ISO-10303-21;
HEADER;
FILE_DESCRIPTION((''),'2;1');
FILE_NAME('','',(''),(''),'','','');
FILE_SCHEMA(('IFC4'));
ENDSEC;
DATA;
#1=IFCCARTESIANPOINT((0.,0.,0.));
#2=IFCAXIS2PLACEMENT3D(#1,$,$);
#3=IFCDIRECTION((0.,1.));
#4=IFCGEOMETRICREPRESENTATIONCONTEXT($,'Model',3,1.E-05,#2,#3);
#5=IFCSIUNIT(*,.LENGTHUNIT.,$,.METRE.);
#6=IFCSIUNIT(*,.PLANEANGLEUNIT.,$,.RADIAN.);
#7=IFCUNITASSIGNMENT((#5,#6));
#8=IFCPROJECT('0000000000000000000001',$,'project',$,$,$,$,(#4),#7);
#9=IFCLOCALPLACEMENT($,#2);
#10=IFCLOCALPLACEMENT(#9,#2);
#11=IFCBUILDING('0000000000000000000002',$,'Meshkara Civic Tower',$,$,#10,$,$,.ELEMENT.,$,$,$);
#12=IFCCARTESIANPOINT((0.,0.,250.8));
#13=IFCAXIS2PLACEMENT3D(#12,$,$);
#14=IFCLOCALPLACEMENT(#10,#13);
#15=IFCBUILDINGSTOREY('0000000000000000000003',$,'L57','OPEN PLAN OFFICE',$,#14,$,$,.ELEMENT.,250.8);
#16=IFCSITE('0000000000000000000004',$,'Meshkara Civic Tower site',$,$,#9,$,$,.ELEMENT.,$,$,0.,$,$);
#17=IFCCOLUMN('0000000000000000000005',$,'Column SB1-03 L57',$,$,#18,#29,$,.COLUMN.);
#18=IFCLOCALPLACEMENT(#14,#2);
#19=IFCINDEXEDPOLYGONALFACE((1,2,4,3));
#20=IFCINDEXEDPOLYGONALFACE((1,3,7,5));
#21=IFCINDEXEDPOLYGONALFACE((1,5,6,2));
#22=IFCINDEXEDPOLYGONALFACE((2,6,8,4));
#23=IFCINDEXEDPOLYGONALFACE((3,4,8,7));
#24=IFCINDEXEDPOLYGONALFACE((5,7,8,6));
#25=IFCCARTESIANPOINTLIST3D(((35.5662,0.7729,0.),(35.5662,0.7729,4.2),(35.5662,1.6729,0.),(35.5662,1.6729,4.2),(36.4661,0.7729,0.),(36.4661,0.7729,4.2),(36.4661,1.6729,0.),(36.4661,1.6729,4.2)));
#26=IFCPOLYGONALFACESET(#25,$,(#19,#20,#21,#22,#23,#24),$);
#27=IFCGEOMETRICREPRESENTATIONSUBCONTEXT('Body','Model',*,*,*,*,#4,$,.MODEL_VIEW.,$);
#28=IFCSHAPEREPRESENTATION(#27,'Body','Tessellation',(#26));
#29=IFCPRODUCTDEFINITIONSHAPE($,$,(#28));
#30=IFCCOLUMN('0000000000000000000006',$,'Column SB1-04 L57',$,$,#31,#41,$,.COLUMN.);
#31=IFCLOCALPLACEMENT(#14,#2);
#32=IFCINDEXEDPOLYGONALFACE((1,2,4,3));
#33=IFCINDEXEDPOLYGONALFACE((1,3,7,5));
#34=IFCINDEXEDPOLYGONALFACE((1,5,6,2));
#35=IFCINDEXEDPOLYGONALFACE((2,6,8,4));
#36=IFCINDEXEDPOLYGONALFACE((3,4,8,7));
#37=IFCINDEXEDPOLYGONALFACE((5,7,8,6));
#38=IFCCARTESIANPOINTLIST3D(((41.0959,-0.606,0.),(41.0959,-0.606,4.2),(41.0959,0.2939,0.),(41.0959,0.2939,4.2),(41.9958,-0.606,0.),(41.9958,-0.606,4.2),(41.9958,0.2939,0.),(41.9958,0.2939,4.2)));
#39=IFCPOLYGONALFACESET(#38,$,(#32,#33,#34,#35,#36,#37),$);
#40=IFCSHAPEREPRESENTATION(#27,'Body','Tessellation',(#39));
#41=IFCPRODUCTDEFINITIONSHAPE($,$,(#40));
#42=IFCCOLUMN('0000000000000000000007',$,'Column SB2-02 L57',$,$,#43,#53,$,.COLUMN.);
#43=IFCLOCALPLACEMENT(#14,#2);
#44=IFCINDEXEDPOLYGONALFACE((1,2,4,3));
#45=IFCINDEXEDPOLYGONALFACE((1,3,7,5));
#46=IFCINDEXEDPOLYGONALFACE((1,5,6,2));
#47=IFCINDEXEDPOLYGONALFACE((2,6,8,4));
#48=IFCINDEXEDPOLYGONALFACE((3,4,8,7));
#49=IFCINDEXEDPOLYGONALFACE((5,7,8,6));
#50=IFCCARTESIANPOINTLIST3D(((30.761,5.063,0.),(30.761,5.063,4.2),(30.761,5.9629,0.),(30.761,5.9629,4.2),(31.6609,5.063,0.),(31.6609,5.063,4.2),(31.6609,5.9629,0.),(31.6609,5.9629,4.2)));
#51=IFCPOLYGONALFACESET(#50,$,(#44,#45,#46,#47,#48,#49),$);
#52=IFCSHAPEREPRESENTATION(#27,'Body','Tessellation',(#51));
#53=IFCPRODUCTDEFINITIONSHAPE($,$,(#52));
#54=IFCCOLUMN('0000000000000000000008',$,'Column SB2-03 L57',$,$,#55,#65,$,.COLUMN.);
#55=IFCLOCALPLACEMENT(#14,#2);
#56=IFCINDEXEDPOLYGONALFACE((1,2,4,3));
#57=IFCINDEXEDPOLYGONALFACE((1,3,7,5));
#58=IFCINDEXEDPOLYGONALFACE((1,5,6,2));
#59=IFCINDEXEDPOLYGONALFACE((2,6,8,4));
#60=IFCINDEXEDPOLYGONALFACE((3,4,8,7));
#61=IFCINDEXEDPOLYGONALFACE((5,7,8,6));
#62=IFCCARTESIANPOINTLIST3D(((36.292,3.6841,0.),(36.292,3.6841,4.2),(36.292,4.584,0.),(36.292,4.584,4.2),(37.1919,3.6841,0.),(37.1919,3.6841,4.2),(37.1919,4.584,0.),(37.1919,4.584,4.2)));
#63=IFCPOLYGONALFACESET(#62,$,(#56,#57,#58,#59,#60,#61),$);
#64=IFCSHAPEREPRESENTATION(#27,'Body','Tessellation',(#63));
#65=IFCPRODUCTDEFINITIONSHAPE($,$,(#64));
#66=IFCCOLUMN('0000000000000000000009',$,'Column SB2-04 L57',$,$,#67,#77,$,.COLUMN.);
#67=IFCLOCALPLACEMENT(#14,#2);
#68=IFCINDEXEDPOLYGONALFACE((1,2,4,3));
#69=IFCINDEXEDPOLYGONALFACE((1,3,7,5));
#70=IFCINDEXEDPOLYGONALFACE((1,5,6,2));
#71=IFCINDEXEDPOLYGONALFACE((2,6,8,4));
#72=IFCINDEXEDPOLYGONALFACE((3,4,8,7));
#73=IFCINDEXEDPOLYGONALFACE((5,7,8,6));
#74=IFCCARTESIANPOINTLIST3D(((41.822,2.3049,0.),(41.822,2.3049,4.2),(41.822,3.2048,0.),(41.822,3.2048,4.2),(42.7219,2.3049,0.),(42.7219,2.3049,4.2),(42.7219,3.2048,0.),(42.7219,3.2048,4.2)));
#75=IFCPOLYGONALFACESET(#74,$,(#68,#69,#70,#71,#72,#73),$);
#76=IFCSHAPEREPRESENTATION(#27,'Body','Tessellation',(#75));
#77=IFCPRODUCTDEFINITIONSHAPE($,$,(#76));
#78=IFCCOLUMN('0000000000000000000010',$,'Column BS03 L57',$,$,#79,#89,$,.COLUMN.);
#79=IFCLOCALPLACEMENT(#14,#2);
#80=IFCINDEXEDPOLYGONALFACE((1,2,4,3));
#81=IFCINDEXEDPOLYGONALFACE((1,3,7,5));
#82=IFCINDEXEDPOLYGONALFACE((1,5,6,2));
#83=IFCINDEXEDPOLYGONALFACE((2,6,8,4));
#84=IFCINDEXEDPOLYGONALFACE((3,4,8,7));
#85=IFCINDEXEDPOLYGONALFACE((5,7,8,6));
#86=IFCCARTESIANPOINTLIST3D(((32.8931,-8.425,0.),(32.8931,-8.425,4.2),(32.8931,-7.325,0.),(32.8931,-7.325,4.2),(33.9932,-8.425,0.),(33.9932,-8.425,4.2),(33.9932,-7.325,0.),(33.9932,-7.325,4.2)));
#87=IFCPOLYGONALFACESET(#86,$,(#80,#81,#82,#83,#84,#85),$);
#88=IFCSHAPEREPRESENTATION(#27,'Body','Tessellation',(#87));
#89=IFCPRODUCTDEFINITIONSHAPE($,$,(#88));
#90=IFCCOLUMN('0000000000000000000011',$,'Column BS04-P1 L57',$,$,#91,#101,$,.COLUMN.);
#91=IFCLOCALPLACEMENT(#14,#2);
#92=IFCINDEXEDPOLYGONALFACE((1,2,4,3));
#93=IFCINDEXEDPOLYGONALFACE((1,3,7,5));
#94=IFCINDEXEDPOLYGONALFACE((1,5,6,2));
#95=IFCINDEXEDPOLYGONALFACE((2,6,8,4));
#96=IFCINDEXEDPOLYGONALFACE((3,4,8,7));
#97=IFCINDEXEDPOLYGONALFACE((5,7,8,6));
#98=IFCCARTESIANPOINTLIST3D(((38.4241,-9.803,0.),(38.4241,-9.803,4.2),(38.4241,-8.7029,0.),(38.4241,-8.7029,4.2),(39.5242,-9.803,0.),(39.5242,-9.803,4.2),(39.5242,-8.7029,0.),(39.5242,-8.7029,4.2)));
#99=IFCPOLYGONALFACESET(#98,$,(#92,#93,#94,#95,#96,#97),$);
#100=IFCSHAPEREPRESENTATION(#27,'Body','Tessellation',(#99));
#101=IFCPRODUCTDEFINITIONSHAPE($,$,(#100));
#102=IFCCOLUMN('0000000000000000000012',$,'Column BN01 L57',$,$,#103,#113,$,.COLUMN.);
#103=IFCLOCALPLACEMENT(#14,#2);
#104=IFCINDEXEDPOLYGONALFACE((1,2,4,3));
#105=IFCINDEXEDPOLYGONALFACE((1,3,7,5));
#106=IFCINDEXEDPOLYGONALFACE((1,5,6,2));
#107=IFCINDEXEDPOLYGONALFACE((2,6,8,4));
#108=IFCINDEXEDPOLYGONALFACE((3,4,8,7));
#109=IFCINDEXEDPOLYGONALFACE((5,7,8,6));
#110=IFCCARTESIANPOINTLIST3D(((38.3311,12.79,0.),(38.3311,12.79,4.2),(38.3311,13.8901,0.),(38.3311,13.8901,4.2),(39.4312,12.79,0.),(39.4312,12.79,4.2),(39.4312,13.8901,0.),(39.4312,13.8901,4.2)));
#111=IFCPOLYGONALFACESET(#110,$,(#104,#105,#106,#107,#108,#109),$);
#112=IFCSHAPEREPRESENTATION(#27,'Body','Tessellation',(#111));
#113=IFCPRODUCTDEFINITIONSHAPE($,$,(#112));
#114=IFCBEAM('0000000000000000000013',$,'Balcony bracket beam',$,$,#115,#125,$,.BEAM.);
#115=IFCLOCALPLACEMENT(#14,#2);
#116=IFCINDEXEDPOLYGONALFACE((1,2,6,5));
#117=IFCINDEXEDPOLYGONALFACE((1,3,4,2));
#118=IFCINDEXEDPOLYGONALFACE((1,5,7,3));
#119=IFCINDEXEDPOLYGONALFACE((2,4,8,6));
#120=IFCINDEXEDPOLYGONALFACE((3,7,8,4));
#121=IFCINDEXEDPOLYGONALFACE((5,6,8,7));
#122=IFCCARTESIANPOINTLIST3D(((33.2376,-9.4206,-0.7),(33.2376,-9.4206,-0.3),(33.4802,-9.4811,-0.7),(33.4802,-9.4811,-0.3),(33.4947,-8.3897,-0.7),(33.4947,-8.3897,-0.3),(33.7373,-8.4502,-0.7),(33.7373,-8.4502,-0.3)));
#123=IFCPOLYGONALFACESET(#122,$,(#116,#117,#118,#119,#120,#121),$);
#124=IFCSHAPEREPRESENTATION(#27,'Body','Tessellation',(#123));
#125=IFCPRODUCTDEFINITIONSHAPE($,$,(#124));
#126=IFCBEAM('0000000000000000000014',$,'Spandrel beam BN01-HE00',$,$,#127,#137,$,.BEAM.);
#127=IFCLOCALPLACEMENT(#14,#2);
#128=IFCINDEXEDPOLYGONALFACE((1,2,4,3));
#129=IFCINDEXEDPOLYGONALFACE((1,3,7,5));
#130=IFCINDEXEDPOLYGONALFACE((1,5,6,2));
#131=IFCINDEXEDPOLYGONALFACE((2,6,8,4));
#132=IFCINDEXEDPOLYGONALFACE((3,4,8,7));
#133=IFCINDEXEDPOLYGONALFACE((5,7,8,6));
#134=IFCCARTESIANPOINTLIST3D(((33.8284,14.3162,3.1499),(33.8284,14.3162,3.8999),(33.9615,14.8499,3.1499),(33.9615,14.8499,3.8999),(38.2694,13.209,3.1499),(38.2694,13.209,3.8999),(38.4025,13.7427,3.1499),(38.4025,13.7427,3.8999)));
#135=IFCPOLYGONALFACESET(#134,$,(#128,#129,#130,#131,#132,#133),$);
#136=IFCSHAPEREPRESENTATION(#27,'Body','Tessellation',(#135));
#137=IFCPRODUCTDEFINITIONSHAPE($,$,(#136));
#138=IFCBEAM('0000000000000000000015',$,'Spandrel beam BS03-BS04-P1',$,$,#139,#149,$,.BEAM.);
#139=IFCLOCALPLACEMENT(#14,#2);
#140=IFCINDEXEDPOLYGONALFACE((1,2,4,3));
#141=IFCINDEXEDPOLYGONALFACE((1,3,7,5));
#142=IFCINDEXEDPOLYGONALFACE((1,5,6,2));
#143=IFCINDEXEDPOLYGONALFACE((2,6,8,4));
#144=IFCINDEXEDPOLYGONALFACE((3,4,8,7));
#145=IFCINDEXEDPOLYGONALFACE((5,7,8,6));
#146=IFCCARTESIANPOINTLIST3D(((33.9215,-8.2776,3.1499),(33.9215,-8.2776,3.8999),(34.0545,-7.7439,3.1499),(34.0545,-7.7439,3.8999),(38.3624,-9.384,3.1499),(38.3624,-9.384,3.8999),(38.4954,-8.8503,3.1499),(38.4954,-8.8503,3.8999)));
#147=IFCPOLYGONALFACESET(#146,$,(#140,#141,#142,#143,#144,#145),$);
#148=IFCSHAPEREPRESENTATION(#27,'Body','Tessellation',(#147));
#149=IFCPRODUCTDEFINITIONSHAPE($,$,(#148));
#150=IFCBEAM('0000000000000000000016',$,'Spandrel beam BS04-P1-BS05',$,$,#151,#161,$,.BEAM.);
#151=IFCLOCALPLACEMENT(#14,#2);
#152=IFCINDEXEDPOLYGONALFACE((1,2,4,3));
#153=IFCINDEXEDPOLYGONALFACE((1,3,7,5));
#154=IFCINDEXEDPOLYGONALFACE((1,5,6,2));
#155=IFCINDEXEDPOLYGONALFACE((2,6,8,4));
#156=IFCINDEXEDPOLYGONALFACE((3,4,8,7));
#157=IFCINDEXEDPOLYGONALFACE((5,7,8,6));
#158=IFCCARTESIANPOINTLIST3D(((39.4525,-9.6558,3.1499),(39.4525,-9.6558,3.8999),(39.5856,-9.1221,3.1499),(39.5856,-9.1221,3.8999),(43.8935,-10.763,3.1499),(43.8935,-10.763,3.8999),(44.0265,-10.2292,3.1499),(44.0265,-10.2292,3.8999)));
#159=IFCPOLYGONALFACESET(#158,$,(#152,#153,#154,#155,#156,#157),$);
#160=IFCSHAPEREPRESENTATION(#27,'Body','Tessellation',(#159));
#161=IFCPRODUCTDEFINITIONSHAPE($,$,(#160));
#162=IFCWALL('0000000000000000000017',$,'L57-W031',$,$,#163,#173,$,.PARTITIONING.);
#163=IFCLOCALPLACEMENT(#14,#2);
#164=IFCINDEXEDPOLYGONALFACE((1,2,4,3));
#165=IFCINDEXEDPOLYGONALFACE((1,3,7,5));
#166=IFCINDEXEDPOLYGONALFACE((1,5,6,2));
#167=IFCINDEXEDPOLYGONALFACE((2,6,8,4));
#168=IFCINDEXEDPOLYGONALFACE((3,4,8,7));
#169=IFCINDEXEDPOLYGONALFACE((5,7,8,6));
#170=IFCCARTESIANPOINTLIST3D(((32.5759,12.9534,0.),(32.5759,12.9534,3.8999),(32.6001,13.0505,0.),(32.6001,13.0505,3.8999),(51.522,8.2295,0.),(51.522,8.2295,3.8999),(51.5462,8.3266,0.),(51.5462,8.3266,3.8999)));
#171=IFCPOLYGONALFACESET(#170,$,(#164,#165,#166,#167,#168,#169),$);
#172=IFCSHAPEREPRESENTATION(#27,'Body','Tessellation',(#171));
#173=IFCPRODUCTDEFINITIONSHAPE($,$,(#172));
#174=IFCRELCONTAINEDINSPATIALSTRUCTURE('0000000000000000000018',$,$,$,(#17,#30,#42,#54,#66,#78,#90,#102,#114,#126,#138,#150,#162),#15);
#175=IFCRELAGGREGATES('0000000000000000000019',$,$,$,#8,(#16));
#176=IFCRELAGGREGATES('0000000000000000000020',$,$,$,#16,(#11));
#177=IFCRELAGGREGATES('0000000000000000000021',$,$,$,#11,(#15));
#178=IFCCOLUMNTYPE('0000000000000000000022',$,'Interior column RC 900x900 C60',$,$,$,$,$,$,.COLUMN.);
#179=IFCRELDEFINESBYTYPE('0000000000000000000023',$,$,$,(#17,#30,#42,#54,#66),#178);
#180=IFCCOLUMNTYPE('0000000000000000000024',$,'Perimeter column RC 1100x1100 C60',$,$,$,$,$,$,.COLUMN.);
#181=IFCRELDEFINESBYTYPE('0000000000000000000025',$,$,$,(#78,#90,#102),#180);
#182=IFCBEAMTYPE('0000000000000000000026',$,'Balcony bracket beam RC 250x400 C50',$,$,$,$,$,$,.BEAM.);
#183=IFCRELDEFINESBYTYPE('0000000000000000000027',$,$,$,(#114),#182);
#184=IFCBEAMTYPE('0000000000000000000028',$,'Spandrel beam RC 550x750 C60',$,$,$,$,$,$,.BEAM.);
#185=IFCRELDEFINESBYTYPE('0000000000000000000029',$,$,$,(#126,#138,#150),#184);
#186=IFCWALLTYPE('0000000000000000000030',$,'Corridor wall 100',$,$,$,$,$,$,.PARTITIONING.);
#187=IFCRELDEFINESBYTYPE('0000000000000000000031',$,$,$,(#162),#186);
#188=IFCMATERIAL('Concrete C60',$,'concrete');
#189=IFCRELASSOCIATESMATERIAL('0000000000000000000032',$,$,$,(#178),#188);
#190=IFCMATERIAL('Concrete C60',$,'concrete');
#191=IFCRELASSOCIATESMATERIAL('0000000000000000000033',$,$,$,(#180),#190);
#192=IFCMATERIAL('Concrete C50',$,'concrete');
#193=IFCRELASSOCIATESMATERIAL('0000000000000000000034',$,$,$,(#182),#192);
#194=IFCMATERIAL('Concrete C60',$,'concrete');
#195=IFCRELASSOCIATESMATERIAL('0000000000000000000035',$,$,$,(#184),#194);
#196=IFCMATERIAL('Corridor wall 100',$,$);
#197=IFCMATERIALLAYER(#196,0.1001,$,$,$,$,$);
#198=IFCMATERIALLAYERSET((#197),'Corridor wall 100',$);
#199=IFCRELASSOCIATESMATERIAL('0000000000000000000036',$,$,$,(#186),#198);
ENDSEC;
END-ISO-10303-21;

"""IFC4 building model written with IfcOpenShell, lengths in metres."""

from ifc_helpers import new_model, si_unit, direction, frame, frame_2d, origin, origin_2d, place, context, subcontext, project, spatial, rectangle, extrude, material, layer, layer_set, material_profile, profile_set, type_object, element, save


model = new_model("IFC4")

# Units and contexts
model_context = context("Model", 3, precision=1e-05, world=origin(), true_north=direction((0.0, 1.0)))
body_context = subcontext(model_context, "Body", "Model", "MODEL_VIEW")
ifc_project = project(units=[si_unit("LENGTHUNIT", "METRE"), si_unit("PLANEANGLEUNIT", "RADIAN")], contexts=[model_context])

# Site, building, storey
site_placement = place(None, origin())
site = spatial("IfcSite", under=ifc_project, at=site_placement, Name="Meshkara Civic Tower site", CompositionType="ELEMENT", RefElevation=0.0)
building_placement = place(site_placement, origin())
building = spatial("IfcBuilding", under=site, at=building_placement, Name="Meshkara Civic Tower", CompositionType="ELEMENT")
storey_placement = place(building_placement, frame((0.0, 0.0, 250.8)))
storey = spatial("IfcBuildingStorey", under=building, at=storey_placement, Name="L57", Description="OPEN PLAN OFFICE", CompositionType="ELEMENT", Elevation=250.8)

# Columns
ifc_material_1 = material(Name="Concrete C60", Category="concrete")
ifc_material_profile_1 = material_profile(ifc_material_1, rectangle(XDim=0.8999, YDim=0.8999, at=origin_2d()))
ifc_profile_set_1 = profile_set([ifc_material_profile_1], Name="Concrete C60")
column_type_1 = type_object("IfcColumnType", Name="Interior column RC 900x900 C60", PredefinedType="COLUMN", material=ifc_profile_set_1)
for number, where, z_axis, x_axis, name in (
    (1, (36.0161, 1.2229, 0.0), (0.0, 0.0, 1.0), (1.0, 0.0, 0.0), "Column SB1-03 L57"),
    (2, (41.5459, -0.156, 0.0), (0.0, 0.0, 1.0), (1.0, 0.0, 0.0), "Column SB1-04 L57"),
    (3, (31.2109, 5.5129, 0.0), (0.0, 0.0, 1.0), (1.0, 0.0, 0.0), "Column SB2-02 L57"),
    (4, (36.7419, 4.134, 0.0), (0.0, 0.0, 1.0), (1.0, 0.0, 0.0), "Column SB2-03 L57"),
    (5, (42.272, 2.7549, 0.0), (0.0, 0.0, 1.0), (1.0, 0.0, 0.0), "Column SB2-04 L57"),
):
    element("IfcColumn", number, at=place(storey_placement, frame(where, z_axis=z_axis, x_axis=x_axis)), inside=storey, type_object=column_type_1, Name=name, PredefinedType="COLUMN", context=body_context, shape_type="SweptSolid", body=[
        extrude(rectangle(XDim=0.8999, YDim=0.8999, at=origin_2d()), origin(), (0.0, 0.0, 1.0), 4.2),
    ])
ifc_material_2 = material(Name="Concrete C60", Category="concrete")
ifc_material_profile_2 = material_profile(ifc_material_2, rectangle(XDim=1.1001, YDim=1.1001, at=origin_2d()))
ifc_profile_set_2 = profile_set([ifc_material_profile_2], Name="Concrete C60")
column_type_2 = type_object("IfcColumnType", Name="Perimeter column RC 1100x1100 C60", PredefinedType="COLUMN", material=ifc_profile_set_2)
for number, where, z_axis, x_axis, name in (
    (6, (33.4431, -7.875, 0.0), (0.0, 0.0, 1.0), (1.0, 0.0, 0.0), "Column BS03 L57"),
    (7, (38.9741, -9.2529, 0.0), (0.0, 0.0, 1.0), (1.0, 0.0, 0.0), "Column BS04-P1 L57"),
    (8, (38.8811, 13.3401, 0.0), (0.0, 0.0, 1.0), (1.0, 0.0, 0.0), "Column BN01 L57"),
):
    element("IfcColumn", number, at=place(storey_placement, frame(where, z_axis=z_axis, x_axis=x_axis)), inside=storey, type_object=column_type_2, Name=name, PredefinedType="COLUMN", context=body_context, shape_type="SweptSolid", body=[
        extrude(rectangle(XDim=1.1001, YDim=1.1001, at=origin_2d()), origin(), (0.0, 0.0, 1.0), 4.2),
    ])

# Beams
ifc_material_3 = material(Name="Concrete C50", Category="concrete")
ifc_material_profile_3 = material_profile(ifc_material_3, rectangle(XDim=0.25, YDim=0.3999, at=origin_2d()))
ifc_profile_set_3 = profile_set([ifc_material_profile_3], Name="Concrete C50")
beam_type_1 = type_object("IfcBeamType", Name="Balcony bracket beam RC 250x400 C50", PredefinedType="BEAM", material=ifc_profile_set_3)
beam_1_placement = place(storey_placement, frame((33.616, -8.4199, -0.5), z_axis=(-0.241941, -0.970291, 0.0), x_axis=(0.970291, -0.241941, 0.0)))
element("IfcBeam", 9, at=beam_1_placement, inside=storey, type_object=beam_type_1, Name="Balcony bracket beam", PredefinedType="BEAM", context=body_context, shape_type="SweptSolid", body=[
    extrude(rectangle(XDim=0.25, YDim=0.3999, at=origin_2d()), origin(), (0.0, 0.0, 1.0), 1.0625),
])
ifc_material_4 = material(Name="Concrete C60", Category="concrete")
ifc_material_profile_4 = material_profile(ifc_material_4, rectangle(XDim=0.55, YDim=0.75, at=origin_2d()))
ifc_profile_set_4 = profile_set([ifc_material_profile_4], Name="Concrete C60")
beam_type_2 = type_object("IfcBeamType", Name="Spandrel beam RC 550x750 C60", PredefinedType="BEAM", material=ifc_profile_set_4)
beam_2_placement = place(storey_placement, frame((38.3359, 13.4758, 3.5249), z_axis=(-0.970299, 0.241908, 0.0), x_axis=(-0.241908, -0.970299, 0.0)))
element("IfcBeam", 10, at=beam_2_placement, inside=storey, type_object=beam_type_2, Name="Spandrel beam BN01-HE00", PredefinedType="BEAM", context=body_context, shape_type="SweptSolid", body=[
    extrude(rectangle(XDim=0.55, YDim=0.75, at=origin_2d()), origin(), (0.0, 0.0, 1.0), 4.5769),
])
beam_3_placement = place(storey_placement, frame((33.988, -8.0107, 3.5249), z_axis=(0.970337, -0.241757, 0.0), x_axis=(0.241757, 0.970337, 0.0)))
element("IfcBeam", 11, at=beam_3_placement, inside=storey, type_object=beam_type_2, Name="Spandrel beam BS03-BS04-P1", PredefinedType="BEAM", context=body_context, shape_type="SweptSolid", body=[
    extrude(rectangle(XDim=0.55, YDim=0.75, at=origin_2d()), origin(), (0.0, 0.0, 1.0), 4.5767),
])
beam_4_placement = place(storey_placement, frame((39.519, -9.3889, 3.5249), z_axis=(0.970299, -0.241908, 0.0), x_axis=(0.241908, 0.970299, 0.0)))
element("IfcBeam", 12, at=beam_4_placement, inside=storey, type_object=beam_type_2, Name="Spandrel beam BS04-P1-BS05", PredefinedType="BEAM", context=body_context, shape_type="SweptSolid", body=[
    extrude(rectangle(XDim=0.55, YDim=0.75, at=origin_2d()), origin(), (0.0, 0.0, 1.0), 4.5769),
])

# Wall
ifc_material_5 = material(Name="Corridor wall 100")
ifc_layer_1 = layer(ifc_material_5, 0.1001)
ifc_layer_set_1 = layer_set([ifc_layer_1], Name="Corridor wall 100")
wall_type_1 = type_object("IfcWallType", Name="Corridor wall 100", PredefinedType="PARTITIONING", material=ifc_layer_set_1)
wall_1_placement = place(storey_placement, frame((32.5879, 13.002, 0.0), z_axis=(0.0, 0.0, 1.0), x_axis=(0.970295, -0.241927, 0.0)))
element("IfcWall", 13, at=wall_1_placement, inside=storey, type_object=wall_type_1, Name="L57-W031", PredefinedType="PARTITIONING", context=body_context, shape_type="SweptSolid", body=[
    extrude(rectangle(XDim=19.5261, YDim=0.1001, at=frame_2d((9.7632, 0.0))), origin(), (0.0, 0.0, 1.0), 3.8999),
])

save(model, "model.ifc")
